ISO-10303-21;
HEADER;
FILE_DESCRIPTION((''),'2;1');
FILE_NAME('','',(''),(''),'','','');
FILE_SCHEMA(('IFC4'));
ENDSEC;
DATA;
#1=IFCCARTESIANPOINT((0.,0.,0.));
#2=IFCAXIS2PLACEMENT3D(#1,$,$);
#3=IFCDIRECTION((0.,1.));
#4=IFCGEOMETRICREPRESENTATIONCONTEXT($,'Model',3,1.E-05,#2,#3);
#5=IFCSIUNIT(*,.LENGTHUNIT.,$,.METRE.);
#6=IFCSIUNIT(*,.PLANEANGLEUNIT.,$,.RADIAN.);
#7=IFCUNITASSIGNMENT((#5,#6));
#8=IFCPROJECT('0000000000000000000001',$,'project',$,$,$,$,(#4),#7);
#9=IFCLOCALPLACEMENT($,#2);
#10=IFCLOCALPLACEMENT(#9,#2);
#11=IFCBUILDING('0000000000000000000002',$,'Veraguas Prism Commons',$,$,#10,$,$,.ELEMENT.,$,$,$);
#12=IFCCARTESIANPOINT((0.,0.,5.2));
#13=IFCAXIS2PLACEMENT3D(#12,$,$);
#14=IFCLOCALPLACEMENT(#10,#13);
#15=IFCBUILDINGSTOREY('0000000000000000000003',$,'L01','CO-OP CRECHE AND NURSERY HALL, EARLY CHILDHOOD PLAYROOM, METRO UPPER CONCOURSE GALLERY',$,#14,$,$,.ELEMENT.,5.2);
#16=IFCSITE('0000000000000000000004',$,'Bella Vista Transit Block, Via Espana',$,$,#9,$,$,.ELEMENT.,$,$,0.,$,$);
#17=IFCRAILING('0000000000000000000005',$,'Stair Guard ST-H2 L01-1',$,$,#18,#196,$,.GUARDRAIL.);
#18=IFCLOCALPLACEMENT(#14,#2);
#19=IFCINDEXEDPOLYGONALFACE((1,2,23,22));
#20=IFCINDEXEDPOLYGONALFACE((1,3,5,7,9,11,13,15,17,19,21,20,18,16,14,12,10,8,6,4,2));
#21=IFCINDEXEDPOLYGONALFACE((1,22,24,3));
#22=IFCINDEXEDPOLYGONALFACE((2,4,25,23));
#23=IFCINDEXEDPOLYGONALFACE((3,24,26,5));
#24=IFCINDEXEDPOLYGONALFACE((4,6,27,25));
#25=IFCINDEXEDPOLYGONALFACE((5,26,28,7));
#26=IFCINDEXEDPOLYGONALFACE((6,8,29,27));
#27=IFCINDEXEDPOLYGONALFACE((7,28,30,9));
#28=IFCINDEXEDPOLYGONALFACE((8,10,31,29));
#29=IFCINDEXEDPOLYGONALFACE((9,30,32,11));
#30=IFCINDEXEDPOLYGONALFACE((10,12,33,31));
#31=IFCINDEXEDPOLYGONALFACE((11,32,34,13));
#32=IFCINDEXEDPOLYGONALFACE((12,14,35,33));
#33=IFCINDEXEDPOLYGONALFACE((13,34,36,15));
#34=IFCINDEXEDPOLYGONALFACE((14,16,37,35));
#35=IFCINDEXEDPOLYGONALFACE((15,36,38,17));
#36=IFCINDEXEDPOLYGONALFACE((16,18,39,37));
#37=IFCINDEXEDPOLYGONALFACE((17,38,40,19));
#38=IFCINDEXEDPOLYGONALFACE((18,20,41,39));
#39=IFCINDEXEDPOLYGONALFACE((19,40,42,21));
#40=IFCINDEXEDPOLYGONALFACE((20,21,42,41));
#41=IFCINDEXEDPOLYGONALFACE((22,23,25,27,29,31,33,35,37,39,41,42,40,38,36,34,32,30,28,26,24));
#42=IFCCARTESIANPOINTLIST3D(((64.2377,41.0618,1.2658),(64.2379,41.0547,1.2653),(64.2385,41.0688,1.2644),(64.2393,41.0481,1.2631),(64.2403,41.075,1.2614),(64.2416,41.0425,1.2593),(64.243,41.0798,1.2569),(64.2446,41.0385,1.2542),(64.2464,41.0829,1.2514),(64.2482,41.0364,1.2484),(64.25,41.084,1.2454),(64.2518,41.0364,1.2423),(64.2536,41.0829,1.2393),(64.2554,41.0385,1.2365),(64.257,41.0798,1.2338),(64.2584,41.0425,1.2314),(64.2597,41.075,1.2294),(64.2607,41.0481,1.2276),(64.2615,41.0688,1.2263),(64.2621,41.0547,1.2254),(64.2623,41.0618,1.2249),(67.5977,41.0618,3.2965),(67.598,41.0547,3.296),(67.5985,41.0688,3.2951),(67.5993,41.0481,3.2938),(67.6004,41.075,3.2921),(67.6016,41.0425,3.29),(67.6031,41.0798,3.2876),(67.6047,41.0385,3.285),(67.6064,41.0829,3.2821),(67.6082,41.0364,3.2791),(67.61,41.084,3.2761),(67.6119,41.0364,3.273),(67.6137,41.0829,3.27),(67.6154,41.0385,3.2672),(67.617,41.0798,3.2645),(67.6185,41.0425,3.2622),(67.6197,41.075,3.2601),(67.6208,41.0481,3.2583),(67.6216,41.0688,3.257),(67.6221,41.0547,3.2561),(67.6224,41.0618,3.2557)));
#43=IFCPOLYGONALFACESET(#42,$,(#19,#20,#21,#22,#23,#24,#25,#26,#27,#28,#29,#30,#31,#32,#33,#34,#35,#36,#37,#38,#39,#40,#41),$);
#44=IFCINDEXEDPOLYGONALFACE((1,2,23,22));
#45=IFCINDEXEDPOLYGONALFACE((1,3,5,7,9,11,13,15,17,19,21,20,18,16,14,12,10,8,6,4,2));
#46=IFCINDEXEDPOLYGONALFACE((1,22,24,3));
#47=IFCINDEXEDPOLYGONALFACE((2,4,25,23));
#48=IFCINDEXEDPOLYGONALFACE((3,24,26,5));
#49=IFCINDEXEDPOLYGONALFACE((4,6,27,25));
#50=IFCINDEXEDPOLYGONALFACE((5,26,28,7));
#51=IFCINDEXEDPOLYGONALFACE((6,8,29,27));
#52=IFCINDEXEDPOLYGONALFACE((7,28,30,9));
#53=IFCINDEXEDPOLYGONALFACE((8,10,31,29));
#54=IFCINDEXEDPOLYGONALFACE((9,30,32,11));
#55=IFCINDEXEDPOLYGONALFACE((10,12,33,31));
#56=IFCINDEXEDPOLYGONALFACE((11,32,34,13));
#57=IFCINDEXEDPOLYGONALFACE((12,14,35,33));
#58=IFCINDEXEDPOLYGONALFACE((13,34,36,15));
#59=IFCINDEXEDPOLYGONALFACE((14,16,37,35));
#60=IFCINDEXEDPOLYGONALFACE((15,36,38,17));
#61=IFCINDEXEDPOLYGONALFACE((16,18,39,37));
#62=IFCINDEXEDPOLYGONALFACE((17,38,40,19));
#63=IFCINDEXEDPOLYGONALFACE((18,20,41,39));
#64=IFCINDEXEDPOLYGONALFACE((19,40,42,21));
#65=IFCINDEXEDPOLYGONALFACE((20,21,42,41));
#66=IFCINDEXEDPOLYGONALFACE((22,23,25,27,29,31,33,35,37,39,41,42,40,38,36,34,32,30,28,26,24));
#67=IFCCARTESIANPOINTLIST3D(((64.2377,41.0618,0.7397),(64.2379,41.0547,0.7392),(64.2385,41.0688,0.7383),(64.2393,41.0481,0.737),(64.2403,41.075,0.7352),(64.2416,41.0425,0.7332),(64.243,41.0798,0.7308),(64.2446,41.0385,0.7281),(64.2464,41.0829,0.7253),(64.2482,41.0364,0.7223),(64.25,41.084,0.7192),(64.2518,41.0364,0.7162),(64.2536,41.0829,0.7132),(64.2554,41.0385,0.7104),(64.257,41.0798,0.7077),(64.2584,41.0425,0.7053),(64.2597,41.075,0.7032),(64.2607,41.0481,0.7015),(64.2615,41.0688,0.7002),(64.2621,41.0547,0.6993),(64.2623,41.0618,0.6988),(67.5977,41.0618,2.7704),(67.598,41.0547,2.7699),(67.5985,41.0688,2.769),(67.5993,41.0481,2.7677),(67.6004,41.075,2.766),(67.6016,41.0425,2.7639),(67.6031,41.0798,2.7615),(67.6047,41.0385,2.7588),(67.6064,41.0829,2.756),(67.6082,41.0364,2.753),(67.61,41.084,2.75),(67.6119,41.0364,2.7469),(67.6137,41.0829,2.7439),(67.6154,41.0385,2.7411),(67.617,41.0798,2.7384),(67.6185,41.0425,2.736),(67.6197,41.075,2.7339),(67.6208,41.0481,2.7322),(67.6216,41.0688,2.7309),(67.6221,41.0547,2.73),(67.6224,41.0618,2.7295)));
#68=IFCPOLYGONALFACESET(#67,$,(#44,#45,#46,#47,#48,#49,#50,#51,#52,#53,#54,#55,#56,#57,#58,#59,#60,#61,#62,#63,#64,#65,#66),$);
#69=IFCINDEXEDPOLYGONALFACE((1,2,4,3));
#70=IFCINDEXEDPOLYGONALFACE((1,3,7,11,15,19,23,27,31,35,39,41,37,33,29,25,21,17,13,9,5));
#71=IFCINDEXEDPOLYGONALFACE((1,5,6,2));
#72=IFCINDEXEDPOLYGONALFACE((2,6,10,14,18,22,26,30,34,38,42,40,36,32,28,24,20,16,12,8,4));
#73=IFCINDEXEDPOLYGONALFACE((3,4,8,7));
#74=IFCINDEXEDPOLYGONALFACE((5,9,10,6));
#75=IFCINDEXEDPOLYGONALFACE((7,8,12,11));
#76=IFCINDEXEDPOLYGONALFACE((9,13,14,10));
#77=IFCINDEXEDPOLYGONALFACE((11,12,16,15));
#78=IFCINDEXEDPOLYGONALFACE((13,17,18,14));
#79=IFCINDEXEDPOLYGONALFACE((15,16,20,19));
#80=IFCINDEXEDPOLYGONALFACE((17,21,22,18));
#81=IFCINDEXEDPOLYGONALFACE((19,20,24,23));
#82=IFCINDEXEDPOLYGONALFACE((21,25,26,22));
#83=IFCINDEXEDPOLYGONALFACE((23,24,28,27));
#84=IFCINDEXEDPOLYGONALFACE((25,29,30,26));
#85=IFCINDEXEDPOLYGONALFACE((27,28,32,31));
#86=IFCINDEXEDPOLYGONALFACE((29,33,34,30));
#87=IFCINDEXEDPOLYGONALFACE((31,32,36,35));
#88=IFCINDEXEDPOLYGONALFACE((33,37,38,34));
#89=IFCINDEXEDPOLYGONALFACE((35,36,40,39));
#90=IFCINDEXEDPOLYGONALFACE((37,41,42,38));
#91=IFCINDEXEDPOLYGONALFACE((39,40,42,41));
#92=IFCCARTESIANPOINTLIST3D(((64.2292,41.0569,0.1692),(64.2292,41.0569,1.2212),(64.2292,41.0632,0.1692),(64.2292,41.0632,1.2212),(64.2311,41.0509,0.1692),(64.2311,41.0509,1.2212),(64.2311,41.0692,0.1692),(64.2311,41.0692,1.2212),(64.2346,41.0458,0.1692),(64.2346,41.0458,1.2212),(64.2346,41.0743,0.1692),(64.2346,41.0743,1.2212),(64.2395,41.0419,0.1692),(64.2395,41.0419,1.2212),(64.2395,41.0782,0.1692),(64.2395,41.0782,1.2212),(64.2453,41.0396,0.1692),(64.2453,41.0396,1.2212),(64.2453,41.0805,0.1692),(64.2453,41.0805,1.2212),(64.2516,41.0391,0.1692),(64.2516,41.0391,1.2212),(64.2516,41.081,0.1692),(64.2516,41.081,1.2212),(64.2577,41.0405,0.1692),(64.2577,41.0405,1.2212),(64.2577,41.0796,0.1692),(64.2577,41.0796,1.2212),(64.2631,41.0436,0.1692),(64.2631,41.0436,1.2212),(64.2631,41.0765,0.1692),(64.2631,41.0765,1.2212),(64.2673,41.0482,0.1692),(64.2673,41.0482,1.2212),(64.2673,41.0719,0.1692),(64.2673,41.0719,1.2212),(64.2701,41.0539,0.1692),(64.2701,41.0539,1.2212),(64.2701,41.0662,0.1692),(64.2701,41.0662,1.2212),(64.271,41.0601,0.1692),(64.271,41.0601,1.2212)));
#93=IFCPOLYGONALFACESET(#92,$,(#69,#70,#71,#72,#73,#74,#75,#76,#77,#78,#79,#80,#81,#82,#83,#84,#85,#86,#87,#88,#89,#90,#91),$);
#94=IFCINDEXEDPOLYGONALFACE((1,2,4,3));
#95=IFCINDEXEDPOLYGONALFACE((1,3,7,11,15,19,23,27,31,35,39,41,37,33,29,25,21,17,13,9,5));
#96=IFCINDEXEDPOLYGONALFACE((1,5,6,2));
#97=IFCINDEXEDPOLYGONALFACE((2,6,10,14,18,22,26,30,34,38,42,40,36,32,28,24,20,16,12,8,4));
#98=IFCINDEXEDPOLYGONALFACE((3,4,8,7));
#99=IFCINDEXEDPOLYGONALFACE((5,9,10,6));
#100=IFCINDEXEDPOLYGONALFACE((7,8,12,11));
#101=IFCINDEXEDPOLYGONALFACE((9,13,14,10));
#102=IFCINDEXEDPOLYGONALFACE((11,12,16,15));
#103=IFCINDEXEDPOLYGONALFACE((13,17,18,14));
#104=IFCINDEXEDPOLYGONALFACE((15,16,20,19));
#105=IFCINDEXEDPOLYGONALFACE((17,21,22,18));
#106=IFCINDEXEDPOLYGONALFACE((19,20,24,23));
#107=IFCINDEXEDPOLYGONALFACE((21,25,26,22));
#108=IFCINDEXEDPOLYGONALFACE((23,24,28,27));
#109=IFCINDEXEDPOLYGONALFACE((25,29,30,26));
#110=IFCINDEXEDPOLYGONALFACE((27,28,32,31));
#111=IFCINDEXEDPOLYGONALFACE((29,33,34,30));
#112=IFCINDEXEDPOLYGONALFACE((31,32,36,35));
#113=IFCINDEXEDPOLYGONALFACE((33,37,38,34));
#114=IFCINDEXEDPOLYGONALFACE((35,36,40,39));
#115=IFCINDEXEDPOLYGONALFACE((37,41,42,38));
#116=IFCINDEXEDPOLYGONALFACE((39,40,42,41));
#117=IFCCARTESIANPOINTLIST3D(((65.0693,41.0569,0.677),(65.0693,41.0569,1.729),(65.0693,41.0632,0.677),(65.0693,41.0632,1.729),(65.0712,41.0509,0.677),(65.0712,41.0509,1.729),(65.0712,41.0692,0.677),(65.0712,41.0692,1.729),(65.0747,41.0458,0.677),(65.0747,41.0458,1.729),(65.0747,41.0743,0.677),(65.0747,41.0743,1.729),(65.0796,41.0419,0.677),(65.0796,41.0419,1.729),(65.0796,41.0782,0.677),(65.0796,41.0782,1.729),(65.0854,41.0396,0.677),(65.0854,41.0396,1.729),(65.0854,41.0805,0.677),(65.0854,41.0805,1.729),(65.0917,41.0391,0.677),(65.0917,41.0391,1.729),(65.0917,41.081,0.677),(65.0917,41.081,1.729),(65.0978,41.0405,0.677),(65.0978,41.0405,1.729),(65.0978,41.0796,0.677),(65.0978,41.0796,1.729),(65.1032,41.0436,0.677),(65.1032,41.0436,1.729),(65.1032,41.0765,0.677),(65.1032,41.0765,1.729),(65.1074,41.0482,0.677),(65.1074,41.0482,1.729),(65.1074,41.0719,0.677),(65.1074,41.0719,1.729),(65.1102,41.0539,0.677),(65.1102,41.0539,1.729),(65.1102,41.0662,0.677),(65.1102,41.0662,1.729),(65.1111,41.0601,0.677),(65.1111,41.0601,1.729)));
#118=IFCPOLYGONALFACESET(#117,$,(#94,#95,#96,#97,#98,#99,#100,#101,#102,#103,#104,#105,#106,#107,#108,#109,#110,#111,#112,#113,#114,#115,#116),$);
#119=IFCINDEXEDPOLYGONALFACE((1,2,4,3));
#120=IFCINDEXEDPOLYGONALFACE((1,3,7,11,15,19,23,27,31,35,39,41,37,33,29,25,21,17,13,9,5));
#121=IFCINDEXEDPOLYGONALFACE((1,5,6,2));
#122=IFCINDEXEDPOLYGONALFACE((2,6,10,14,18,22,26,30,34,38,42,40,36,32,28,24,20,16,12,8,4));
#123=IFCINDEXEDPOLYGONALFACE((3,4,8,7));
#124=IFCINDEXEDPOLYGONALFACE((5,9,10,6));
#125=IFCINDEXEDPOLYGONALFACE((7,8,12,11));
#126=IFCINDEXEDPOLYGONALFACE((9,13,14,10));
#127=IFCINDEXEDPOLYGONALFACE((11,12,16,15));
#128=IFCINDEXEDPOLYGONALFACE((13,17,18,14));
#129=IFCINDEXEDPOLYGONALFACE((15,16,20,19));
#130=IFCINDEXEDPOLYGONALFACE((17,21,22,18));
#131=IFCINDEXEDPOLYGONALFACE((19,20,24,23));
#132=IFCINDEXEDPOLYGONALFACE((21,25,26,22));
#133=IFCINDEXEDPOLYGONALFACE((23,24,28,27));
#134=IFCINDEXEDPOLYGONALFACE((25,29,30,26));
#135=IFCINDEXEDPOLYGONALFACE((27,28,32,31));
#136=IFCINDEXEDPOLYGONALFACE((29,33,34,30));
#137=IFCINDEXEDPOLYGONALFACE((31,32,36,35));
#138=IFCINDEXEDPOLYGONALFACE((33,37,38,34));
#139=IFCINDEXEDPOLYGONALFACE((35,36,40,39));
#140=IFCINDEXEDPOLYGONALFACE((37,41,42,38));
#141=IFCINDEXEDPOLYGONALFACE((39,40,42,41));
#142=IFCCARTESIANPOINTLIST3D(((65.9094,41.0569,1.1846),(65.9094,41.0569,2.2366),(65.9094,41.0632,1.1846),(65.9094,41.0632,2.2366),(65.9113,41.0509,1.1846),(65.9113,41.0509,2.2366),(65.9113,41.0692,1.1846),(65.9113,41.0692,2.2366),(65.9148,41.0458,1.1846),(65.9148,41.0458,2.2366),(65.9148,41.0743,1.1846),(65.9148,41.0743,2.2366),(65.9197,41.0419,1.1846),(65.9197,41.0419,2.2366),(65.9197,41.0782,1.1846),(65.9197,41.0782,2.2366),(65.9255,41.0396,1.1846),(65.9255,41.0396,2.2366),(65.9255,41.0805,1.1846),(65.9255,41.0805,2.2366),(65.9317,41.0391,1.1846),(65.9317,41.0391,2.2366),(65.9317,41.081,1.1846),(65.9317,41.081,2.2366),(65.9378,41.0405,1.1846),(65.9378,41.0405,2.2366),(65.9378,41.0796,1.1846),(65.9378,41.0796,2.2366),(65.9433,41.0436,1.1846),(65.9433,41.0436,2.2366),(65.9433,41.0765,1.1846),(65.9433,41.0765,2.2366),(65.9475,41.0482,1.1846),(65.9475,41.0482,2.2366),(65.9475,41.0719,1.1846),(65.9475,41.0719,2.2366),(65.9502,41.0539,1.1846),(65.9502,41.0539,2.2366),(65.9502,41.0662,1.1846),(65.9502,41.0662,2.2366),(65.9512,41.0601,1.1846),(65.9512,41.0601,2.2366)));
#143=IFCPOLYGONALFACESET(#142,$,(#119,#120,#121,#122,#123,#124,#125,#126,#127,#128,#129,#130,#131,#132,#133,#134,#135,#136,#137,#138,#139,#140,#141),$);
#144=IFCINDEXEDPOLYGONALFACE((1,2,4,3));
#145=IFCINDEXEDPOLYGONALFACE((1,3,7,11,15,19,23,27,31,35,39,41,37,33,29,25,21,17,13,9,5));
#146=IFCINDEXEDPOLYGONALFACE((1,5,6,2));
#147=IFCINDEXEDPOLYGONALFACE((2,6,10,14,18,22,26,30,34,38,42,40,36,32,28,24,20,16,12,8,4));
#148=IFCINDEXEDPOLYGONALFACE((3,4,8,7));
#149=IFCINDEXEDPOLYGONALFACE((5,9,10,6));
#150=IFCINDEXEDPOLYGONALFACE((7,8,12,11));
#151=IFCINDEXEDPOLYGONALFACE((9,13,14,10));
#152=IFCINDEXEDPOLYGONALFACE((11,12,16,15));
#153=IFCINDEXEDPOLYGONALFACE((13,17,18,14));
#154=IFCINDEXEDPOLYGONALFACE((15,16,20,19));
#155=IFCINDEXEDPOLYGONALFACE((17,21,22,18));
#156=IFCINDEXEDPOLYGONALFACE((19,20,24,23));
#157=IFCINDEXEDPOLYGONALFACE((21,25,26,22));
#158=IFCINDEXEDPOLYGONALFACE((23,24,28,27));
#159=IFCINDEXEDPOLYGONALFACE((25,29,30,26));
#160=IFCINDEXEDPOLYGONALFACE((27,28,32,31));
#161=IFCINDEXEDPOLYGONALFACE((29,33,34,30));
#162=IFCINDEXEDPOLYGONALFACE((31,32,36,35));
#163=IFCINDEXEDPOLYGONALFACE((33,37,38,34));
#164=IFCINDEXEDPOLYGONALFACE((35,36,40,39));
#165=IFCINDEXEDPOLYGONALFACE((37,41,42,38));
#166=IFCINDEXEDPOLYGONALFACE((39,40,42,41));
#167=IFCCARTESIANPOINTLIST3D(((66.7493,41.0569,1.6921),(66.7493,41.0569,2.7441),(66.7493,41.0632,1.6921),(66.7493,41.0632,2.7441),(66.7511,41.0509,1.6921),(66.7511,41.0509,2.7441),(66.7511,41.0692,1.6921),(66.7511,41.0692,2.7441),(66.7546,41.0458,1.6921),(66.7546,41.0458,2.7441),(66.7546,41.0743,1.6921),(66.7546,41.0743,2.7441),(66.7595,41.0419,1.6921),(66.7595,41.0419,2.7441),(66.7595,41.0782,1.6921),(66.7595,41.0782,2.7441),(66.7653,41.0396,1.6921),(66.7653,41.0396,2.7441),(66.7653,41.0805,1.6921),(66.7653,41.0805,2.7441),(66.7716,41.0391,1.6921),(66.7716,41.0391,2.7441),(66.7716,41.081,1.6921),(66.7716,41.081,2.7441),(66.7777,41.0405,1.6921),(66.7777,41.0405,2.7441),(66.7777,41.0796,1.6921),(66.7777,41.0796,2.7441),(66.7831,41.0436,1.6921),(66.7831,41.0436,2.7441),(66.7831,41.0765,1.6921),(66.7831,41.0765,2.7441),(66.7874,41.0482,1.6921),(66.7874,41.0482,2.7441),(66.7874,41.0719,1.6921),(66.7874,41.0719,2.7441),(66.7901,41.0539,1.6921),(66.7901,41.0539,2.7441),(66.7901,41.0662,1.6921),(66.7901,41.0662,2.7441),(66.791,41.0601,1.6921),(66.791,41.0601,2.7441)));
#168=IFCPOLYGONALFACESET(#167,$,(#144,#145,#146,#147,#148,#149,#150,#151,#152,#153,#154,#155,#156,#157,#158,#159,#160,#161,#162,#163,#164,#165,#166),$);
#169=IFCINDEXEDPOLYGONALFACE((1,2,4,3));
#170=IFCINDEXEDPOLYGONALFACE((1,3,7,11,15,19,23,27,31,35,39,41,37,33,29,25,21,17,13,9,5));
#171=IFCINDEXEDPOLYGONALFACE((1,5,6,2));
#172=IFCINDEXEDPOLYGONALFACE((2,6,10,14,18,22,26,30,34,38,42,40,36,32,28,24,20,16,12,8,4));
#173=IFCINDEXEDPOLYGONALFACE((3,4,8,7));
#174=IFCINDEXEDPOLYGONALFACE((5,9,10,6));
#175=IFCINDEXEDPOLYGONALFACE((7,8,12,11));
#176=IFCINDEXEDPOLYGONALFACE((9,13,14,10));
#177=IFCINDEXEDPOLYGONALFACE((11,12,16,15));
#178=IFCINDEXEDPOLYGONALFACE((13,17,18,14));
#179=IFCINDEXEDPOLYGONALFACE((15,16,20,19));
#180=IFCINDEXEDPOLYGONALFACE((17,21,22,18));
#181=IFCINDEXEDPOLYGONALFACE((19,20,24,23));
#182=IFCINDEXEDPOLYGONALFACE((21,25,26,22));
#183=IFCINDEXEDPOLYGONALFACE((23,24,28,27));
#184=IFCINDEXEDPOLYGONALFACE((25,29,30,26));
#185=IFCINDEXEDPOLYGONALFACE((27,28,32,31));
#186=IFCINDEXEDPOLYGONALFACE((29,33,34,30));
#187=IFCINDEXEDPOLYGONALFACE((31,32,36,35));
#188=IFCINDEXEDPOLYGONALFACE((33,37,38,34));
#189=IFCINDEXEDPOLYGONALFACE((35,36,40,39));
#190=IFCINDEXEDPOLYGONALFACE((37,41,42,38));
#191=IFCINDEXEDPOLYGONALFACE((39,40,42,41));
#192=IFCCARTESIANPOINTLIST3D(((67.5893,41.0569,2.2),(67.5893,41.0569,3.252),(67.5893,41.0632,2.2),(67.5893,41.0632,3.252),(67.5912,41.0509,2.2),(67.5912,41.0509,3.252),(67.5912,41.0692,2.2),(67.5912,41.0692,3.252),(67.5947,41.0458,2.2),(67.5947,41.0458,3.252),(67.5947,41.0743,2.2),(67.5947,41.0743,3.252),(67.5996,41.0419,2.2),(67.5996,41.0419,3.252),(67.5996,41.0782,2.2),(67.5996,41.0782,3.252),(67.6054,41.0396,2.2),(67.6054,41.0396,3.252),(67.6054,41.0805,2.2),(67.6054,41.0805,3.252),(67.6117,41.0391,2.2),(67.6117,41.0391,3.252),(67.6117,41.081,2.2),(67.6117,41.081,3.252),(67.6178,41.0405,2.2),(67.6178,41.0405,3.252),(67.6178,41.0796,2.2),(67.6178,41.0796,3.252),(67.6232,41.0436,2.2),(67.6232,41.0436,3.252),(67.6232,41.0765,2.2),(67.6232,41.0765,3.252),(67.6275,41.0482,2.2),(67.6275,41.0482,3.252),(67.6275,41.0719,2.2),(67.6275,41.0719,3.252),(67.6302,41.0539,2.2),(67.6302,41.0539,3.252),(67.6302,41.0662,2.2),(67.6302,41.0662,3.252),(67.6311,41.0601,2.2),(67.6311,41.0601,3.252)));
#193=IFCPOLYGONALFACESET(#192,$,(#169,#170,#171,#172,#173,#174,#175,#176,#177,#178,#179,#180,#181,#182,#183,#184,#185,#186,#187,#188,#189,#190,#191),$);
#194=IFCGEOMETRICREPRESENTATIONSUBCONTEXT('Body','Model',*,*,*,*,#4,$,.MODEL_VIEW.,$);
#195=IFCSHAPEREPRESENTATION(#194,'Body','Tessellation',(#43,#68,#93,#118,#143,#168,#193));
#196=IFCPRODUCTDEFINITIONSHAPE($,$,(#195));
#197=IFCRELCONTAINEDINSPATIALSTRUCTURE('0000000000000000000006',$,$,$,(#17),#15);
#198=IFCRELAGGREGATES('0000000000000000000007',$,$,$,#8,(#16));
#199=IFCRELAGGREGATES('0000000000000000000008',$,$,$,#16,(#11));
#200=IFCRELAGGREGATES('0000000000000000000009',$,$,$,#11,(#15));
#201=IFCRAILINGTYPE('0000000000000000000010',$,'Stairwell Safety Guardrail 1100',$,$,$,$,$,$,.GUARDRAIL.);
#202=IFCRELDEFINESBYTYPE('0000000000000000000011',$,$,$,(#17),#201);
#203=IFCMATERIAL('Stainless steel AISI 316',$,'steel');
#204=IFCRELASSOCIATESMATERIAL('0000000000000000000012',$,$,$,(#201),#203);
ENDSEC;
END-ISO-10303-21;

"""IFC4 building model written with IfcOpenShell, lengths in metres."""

from ifc_helpers import new_model, si_unit, direction, frame, origin, origin_2d, place, context, subcontext, project, spatial, circle, extrude, material, type_object, element, save


model = new_model("IFC4")

# Units and contexts
model_context = context("Model", 3, precision=1e-05, world=origin(), true_north=direction((0.0, 1.0)))
body_context = subcontext(model_context, "Body", "Model", "MODEL_VIEW")
ifc_project = project(units=[si_unit("LENGTHUNIT", "METRE"), si_unit("PLANEANGLEUNIT", "RADIAN")], contexts=[model_context])

# Site, building, storey
site_placement = place(None, origin())
site = spatial("IfcSite", under=ifc_project, at=site_placement, Name="Bella Vista Transit Block, Via Espana", CompositionType="ELEMENT", RefElevation=0.0)
building_placement = place(site_placement, origin())
building = spatial("IfcBuilding", under=site, at=building_placement, Name="Veraguas Prism Commons", CompositionType="ELEMENT")
storey_placement = place(building_placement, frame((0.0, 0.0, 5.2)))
storey = spatial("IfcBuildingStorey", under=building, at=storey_placement, Name="L01", Description="CO-OP CRECHE AND NURSERY HALL, EARLY CHILDHOOD PLAYROOM, METRO UPPER CONCOURSE GALLERY", CompositionType="ELEMENT", Elevation=5.2)

# Railing
ifc_material_1 = material(Name="Stainless steel AISI 316", Category="steel")
railing_type_1 = type_object("IfcRailingType", Name="Stairwell Safety Guardrail 1100", PredefinedType="GUARDRAIL", material=ifc_material_1)
railing_1_placement = place(storey_placement, frame((64.25, 41.0601, 0.1692)))
element("IfcRailing", 1, at=railing_1_placement, inside=storey, type_object=railing_type_1, Name="Stair Guard ST-H2 L01-1", PredefinedType="GUARDRAIL", context=body_context, shape_type="SweptSolid", body=[
    extrude(circle(Radius=0.0239, at=origin_2d()), frame((0.0, 0.0, 1.0762), z_axis=(0.855837, 0.0, 0.517246), x_axis=(0.0, 1.0, 0.0)), (0.0, 0.0, 1.0), 3.926),
    extrude(circle(Radius=0.0239, at=origin_2d()), frame((0.0, 0.0, 0.55), z_axis=(0.855837, 0.0, 0.517246), x_axis=(0.0, 1.0, 0.0)), (0.0, 0.0, 1.0), 3.926),
    extrude(circle(Radius=0.021, at=origin_2d()), origin(), (0.0, 0.0, 1.0), 1.052),
    extrude(circle(Radius=0.021, at=origin_2d()), frame((0.8401, 0.0, 0.5078)), (0.0, 0.0, 1.0), 1.052),
    extrude(circle(Radius=0.021, at=origin_2d()), frame((1.6802, 0.0, 1.0154)), (0.0, 0.0, 1.0), 1.052),
    extrude(circle(Radius=0.021, at=origin_2d()), frame((2.52, 0.0, 1.5229)), (0.0, 0.0, 1.0), 1.052),
    extrude(circle(Radius=0.021, at=origin_2d()), frame((3.3601, 0.0, 2.0308)), (0.0, 0.0, 1.0), 1.052),
])

save(model, "model.ifc")
